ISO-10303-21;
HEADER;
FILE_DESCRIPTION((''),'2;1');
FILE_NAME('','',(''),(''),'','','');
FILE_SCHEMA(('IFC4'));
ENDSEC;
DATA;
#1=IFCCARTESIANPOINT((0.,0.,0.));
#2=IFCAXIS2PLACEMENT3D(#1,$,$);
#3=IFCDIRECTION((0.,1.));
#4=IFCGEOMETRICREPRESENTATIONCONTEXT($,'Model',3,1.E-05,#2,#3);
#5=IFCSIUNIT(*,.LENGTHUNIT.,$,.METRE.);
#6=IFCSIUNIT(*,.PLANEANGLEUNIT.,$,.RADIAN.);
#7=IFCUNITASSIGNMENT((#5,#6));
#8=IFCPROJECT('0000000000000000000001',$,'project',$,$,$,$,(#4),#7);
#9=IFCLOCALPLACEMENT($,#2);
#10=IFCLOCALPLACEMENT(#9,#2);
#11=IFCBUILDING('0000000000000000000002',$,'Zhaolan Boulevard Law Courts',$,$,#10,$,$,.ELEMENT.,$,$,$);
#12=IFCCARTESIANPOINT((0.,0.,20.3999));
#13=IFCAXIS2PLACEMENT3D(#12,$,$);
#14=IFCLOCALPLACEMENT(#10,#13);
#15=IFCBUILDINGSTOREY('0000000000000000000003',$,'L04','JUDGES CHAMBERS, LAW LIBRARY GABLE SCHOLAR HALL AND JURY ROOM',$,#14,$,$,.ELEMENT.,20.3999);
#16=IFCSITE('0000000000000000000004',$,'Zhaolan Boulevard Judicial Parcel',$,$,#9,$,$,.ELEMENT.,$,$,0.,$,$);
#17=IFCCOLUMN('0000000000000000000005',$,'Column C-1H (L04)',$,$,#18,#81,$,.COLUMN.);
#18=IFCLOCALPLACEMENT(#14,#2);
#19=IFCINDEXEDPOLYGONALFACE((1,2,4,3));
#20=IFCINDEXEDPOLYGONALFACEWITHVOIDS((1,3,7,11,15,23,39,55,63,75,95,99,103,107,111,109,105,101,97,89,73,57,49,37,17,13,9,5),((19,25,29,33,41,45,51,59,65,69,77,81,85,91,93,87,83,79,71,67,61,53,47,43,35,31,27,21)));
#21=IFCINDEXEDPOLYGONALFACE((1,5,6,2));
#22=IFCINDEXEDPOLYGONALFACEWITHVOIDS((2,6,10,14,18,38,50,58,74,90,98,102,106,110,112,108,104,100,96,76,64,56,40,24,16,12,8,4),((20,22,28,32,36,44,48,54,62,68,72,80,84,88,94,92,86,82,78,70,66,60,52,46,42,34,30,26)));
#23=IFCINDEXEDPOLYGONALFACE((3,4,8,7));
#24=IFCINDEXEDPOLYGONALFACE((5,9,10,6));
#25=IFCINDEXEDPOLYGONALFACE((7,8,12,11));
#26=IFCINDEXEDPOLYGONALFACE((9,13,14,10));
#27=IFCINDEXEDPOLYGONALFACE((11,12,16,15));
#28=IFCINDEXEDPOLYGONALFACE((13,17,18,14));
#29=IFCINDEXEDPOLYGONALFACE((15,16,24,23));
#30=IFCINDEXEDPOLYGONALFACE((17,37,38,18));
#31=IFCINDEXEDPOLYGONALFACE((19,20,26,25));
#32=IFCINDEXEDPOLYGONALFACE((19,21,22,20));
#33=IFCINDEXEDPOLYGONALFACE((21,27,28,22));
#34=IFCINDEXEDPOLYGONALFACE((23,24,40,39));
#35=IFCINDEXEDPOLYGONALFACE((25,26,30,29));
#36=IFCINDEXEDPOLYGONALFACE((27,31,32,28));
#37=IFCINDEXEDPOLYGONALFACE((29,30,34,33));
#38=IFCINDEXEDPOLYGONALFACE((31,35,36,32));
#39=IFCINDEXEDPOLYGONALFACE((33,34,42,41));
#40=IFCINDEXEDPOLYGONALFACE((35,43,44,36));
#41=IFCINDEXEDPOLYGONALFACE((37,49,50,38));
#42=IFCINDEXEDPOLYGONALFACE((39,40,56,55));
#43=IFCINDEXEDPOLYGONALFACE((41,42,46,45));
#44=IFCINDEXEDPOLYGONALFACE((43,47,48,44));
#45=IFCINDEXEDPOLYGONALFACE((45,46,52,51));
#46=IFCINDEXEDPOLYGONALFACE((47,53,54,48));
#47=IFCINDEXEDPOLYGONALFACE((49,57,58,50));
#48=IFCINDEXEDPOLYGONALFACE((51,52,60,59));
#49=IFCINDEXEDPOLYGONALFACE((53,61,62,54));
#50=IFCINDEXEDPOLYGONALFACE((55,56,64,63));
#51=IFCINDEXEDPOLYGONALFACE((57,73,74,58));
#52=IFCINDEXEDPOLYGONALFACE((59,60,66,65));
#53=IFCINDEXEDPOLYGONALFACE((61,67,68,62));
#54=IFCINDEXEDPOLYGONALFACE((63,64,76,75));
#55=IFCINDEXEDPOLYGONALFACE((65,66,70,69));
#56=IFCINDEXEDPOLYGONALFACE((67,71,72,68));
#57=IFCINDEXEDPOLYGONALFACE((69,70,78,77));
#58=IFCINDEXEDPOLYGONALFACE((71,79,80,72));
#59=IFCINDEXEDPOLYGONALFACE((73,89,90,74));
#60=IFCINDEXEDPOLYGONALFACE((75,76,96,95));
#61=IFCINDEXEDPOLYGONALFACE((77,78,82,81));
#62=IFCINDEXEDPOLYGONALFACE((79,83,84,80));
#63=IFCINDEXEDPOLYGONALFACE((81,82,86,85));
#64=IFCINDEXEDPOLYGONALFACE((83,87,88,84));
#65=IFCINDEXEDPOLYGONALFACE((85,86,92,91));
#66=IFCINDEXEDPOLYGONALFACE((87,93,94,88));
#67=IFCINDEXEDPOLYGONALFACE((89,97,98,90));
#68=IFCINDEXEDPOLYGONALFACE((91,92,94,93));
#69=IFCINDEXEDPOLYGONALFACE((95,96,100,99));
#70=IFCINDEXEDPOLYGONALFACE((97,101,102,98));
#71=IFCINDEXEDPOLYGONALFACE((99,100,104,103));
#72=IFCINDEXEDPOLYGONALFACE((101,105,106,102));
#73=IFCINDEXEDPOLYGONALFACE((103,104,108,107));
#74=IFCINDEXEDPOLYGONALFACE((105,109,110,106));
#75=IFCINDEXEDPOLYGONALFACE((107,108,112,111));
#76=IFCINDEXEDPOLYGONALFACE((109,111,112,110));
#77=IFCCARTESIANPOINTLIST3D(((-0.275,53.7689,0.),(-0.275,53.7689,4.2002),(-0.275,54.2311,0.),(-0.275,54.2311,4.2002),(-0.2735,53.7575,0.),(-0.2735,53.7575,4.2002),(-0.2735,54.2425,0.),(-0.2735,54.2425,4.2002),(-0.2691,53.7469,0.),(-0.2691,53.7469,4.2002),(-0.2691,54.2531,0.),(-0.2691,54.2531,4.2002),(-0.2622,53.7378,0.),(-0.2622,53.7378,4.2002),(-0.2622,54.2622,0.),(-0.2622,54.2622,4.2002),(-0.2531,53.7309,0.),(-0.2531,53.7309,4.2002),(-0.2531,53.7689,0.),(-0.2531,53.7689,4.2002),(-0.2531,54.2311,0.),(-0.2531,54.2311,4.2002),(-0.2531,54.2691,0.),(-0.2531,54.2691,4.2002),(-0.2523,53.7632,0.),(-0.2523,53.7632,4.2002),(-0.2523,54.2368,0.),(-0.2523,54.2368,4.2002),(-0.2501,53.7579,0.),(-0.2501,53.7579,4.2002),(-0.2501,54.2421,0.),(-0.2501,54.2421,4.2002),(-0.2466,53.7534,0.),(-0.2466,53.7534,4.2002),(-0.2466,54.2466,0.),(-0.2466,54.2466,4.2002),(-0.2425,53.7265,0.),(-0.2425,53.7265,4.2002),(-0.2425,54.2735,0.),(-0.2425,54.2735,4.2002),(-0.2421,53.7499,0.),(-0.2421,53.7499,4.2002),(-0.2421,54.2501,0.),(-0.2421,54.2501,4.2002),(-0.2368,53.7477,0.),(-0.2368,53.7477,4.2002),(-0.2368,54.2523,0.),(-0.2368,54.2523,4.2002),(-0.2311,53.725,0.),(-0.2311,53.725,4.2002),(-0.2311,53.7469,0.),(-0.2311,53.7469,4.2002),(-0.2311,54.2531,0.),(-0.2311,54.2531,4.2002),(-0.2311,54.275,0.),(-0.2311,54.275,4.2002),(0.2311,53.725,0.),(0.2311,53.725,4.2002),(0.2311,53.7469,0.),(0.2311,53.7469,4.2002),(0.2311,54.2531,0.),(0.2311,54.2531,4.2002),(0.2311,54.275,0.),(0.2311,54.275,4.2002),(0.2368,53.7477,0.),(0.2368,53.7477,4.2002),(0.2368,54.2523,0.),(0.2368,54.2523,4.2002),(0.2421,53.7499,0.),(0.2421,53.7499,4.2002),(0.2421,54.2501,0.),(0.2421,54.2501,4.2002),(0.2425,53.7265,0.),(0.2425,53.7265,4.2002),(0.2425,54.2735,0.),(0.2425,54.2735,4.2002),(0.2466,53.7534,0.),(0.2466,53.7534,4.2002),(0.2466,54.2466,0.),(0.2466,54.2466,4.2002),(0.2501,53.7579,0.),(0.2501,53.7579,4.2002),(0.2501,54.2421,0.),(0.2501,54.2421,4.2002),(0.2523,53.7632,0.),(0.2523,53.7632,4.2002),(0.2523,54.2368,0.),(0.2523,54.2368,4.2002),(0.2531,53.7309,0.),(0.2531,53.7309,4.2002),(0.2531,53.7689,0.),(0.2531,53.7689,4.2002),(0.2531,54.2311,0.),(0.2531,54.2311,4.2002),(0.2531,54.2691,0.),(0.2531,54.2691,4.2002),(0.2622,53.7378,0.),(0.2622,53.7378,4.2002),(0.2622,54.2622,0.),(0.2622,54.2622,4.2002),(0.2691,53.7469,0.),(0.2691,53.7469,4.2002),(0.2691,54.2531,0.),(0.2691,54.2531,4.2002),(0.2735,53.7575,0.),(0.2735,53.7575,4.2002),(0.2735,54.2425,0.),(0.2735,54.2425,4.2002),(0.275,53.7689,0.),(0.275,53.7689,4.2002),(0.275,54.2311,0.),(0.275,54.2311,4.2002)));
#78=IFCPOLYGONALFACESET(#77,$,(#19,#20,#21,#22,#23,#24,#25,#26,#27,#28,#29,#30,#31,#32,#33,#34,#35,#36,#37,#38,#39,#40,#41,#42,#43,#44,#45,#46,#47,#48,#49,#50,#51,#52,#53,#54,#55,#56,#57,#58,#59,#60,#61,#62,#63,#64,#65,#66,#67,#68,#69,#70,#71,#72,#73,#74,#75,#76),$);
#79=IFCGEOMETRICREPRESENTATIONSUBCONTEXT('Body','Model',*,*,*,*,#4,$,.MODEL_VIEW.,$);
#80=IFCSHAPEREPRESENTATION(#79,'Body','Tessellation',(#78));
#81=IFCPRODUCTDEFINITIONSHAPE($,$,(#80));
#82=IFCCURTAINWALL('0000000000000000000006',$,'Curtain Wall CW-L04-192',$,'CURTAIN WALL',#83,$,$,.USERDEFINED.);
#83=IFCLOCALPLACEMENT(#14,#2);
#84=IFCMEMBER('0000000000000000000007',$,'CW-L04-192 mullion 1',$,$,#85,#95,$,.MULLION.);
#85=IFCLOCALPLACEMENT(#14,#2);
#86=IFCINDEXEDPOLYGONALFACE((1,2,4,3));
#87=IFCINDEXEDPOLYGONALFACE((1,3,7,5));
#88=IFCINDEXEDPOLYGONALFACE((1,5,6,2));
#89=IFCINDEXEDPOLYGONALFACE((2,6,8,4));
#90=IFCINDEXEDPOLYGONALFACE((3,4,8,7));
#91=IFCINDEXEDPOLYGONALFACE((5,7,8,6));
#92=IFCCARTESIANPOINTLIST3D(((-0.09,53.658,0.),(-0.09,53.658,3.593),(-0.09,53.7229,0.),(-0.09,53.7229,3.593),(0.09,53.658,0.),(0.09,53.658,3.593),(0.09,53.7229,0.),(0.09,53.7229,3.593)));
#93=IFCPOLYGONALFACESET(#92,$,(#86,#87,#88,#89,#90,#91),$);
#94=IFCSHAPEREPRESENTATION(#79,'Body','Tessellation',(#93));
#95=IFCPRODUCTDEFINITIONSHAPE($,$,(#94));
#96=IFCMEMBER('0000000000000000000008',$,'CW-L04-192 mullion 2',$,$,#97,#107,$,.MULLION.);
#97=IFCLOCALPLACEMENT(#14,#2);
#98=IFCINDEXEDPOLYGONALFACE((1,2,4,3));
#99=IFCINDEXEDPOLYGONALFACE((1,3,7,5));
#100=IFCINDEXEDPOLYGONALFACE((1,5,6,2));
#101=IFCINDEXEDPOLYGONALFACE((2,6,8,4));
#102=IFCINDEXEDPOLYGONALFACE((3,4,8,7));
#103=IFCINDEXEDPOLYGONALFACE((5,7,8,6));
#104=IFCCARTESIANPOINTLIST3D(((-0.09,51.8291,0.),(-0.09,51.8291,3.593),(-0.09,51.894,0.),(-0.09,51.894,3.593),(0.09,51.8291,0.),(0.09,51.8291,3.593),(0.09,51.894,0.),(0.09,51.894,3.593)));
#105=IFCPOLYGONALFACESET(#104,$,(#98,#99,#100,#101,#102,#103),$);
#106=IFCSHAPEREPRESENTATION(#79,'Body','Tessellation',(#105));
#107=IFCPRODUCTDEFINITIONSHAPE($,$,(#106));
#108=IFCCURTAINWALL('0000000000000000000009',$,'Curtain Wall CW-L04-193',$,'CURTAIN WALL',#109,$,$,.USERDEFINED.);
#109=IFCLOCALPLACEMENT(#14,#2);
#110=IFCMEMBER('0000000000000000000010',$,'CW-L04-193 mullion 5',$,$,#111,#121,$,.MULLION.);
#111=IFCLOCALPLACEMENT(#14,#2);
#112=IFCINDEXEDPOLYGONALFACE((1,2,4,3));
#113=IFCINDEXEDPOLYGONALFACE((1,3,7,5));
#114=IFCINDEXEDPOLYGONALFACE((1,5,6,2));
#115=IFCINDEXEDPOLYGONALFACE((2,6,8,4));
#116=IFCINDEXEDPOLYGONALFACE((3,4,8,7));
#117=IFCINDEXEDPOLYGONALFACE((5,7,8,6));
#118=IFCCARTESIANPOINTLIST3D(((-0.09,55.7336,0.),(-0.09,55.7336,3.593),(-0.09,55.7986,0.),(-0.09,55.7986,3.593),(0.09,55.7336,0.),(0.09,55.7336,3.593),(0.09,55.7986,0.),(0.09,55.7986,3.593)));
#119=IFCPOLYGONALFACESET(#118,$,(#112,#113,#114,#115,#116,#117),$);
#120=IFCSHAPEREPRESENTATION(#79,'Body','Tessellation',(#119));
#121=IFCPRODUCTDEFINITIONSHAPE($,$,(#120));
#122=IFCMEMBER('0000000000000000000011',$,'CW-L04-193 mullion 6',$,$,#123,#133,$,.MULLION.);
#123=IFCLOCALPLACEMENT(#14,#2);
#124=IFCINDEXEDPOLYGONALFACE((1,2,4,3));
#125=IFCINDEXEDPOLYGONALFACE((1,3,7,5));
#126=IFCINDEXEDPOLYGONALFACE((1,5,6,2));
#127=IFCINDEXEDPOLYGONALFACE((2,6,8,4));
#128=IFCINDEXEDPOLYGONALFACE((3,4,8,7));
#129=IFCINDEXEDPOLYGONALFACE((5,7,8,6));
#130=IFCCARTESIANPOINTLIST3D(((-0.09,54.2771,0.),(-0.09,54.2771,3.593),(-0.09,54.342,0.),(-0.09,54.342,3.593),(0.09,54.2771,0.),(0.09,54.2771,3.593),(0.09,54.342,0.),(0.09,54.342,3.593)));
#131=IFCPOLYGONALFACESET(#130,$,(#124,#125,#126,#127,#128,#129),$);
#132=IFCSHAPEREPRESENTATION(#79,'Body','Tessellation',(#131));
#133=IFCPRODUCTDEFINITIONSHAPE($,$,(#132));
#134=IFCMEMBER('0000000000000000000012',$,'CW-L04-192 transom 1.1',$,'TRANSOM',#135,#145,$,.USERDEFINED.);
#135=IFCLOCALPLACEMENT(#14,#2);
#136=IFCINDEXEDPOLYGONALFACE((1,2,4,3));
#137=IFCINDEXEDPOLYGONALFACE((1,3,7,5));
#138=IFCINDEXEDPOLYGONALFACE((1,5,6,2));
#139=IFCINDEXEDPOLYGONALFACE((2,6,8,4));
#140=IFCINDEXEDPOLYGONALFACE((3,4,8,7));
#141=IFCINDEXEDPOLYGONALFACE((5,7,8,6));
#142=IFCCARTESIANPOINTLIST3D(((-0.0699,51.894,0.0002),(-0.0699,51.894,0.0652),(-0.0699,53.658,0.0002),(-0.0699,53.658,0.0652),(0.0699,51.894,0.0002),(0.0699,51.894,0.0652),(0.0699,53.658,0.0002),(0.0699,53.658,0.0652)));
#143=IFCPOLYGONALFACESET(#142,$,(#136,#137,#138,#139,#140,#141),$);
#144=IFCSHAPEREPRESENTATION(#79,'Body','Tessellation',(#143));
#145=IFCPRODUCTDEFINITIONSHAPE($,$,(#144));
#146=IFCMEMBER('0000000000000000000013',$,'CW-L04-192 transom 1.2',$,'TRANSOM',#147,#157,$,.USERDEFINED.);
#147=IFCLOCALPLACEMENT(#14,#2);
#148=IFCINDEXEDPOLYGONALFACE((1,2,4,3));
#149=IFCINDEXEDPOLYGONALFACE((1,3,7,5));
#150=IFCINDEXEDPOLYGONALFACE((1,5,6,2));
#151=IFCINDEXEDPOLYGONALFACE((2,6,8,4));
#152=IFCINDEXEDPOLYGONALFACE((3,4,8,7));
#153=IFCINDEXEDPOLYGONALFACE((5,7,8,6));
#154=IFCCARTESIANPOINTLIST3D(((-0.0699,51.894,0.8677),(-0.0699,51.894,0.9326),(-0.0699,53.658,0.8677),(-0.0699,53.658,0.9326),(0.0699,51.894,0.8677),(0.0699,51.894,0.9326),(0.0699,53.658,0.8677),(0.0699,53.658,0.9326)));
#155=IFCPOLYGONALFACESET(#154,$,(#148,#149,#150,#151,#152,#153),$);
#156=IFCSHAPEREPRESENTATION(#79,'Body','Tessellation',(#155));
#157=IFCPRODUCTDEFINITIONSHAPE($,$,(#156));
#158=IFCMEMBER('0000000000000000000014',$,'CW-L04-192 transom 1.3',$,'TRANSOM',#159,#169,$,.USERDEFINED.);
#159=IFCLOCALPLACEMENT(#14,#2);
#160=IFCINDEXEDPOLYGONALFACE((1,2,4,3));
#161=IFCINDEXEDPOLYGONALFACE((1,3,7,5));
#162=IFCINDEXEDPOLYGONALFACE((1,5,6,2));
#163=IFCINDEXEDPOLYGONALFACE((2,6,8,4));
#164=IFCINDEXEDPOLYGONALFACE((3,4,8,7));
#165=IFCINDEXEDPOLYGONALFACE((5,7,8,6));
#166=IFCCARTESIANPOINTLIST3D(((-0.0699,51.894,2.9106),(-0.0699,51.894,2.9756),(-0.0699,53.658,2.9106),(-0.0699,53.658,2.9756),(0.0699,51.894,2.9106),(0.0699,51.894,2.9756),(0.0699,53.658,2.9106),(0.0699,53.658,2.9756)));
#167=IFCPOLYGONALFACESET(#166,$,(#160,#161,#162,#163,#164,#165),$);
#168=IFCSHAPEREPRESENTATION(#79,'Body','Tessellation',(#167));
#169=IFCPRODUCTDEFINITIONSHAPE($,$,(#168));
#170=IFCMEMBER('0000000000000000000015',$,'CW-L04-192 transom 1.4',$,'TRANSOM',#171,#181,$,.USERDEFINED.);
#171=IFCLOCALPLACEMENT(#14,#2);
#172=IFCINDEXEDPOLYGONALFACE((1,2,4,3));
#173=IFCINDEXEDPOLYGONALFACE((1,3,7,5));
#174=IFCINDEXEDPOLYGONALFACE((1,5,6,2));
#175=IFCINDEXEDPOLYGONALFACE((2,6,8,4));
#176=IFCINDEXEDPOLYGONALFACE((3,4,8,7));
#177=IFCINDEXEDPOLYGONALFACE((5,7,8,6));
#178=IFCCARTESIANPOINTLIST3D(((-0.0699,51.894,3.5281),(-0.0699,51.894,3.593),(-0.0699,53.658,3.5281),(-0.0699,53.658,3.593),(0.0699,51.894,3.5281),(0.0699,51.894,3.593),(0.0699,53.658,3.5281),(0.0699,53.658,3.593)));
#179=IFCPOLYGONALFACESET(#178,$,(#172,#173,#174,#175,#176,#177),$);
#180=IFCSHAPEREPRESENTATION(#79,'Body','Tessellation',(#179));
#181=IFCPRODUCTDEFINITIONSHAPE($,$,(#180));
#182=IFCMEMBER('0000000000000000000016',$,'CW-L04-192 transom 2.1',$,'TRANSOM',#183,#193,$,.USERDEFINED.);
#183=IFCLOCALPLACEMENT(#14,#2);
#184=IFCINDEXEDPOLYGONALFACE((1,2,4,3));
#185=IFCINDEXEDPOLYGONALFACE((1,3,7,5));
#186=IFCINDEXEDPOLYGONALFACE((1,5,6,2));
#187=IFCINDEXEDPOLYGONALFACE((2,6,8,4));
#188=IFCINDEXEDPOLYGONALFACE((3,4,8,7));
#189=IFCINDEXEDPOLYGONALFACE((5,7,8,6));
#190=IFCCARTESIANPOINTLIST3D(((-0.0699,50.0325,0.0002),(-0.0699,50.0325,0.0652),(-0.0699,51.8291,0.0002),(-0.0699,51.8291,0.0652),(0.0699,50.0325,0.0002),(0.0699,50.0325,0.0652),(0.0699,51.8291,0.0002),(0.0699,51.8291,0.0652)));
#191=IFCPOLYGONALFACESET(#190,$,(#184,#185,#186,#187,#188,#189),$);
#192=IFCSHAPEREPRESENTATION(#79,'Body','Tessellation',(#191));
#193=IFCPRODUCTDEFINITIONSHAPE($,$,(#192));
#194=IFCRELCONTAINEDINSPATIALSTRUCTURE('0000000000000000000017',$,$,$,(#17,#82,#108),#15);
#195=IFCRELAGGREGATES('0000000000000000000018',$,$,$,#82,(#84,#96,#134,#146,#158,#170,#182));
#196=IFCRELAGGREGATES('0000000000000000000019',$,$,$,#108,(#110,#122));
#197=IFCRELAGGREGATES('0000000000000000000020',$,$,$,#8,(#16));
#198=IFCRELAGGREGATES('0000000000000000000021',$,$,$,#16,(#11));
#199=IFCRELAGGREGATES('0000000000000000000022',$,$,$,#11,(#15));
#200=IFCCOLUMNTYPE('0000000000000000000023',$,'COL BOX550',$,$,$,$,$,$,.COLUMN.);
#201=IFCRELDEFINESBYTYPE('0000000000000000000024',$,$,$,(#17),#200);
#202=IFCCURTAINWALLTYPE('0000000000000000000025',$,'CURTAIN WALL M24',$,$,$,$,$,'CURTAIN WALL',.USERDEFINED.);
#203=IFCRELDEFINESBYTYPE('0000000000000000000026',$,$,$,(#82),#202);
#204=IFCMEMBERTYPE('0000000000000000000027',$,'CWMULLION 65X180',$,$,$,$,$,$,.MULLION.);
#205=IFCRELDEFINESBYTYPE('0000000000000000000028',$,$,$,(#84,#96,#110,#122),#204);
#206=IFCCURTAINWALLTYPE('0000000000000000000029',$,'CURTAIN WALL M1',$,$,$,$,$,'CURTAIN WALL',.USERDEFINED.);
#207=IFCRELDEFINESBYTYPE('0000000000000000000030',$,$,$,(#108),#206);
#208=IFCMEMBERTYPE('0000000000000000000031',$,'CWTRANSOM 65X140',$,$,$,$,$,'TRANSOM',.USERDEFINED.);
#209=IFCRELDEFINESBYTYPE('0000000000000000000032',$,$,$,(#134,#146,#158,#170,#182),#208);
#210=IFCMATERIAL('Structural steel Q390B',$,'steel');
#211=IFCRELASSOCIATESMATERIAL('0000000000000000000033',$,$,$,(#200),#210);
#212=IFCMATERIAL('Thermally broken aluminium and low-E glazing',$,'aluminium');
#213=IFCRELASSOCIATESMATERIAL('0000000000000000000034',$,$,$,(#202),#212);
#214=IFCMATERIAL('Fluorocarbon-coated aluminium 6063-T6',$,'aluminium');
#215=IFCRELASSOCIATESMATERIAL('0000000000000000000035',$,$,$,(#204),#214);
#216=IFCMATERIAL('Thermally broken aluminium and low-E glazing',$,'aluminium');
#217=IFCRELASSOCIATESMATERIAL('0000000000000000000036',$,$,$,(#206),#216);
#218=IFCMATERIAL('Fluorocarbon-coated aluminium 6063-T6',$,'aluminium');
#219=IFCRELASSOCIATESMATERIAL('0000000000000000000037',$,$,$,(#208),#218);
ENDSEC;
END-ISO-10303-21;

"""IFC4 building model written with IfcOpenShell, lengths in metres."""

from ifc_helpers import new_model, si_unit, direction, frame, origin, origin_2d, place, context, subcontext, project, spatial, rectangle, hollow_rectangle, extrude, material, material_profile, profile_set, type_object, element, aggregate, save


model = new_model("IFC4")

# Units and contexts
model_context = context("Model", 3, precision=1e-05, world=origin(), true_north=direction((0.0, 1.0)))
body_context = subcontext(model_context, "Body", "Model", "MODEL_VIEW")
ifc_project = project(units=[si_unit("LENGTHUNIT", "METRE"), si_unit("PLANEANGLEUNIT", "RADIAN")], contexts=[model_context])

# Site, building, storey
site_placement = place(None, origin())
site = spatial("IfcSite", under=ifc_project, at=site_placement, Name="Zhaolan Boulevard Judicial Parcel", CompositionType="ELEMENT", RefElevation=0.0)
building_placement = place(site_placement, origin())
building = spatial("IfcBuilding", under=site, at=building_placement, Name="Zhaolan Boulevard Law Courts", CompositionType="ELEMENT")
storey_placement = place(building_placement, frame((0.0, 0.0, 20.3999)))
storey = spatial("IfcBuildingStorey", under=building, at=storey_placement, Name="L04", Description="JUDGES CHAMBERS, LAW LIBRARY GABLE SCHOLAR HALL AND JURY ROOM", CompositionType="ELEMENT", Elevation=20.3999)

# Column
ifc_material_1 = material(Name="Structural steel Q390B", Category="steel")
ifc_material_profile_1 = material_profile(ifc_material_1, hollow_rectangle(XDim=0.55, YDim=0.55, WallThickness=0.022, InnerFilletRadius=0.022, OuterFilletRadius=0.0439, at=origin_2d()), Name="BOX550x550x22")
ifc_profile_set_1 = profile_set([ifc_material_profile_1], Name="Structural steel Q390B")
column_type = type_object("IfcColumnType", Name="COL BOX550", PredefinedType="COLUMN", material=ifc_profile_set_1)
column_placement = place(storey_placement, frame((0.0, 54.0, 0.0), z_axis=(0.0, 0.0, 1.0), x_axis=(1.0, 0.0, 0.0)))
element("IfcColumn", 1, at=column_placement, inside=storey, type_object=column_type, Name="Column C-1H (L04)", PredefinedType="COLUMN", context=body_context, shape_type="SweptSolid", body=[
    extrude(hollow_rectangle(XDim=0.55, YDim=0.55, WallThickness=0.022, InnerFilletRadius=0.022, OuterFilletRadius=0.0439, at=origin_2d()), origin(), (0.0, 0.0, 1.0), 4.2002),
])

# Curtain walls, members
ifc_material_2 = material(Name="Thermally broken aluminium and low-E glazing", Category="aluminium")
curtain_wall_type_1 = type_object("IfcCurtainWallType", Name="CURTAIN WALL M24", ElementType="CURTAIN WALL", PredefinedType="USERDEFINED", material=ifc_material_2)
curtain_wall_1_placement = place(storey_placement, origin())
curtain_wall_1 = element("IfcCurtainWall", 2, at=curtain_wall_1_placement, inside=storey, type_object=curtain_wall_type_1, Name="Curtain Wall CW-L04-192", ObjectType="CURTAIN WALL", PredefinedType="USERDEFINED")
ifc_material_3 = material(Name="Fluorocarbon-coated aluminium 6063-T6", Category="aluminium")
ifc_material_profile_2 = material_profile(ifc_material_3, rectangle(XDim=0.1799, YDim=0.0649, at=origin_2d()), Name="AL65x180")
ifc_profile_set_2 = profile_set([ifc_material_profile_2], Name="Fluorocarbon-coated aluminium 6063-T6")
member_type_1 = type_object("IfcMemberType", Name="CWMULLION 65X180", PredefinedType="MULLION", material=ifc_profile_set_2)
member_1_placement = place(storey_placement, frame((0.0, 53.6904, 0.0), z_axis=(0.0, 0.0, 1.0), x_axis=(1.0, 0.0, 0.0)))
member_1 = element("IfcMember", 3, at=member_1_placement, type_object=member_type_1, Name="CW-L04-192 mullion 1", PredefinedType="MULLION", context=body_context, shape_type="SweptSolid", body=[
    extrude(rectangle(XDim=0.1799, YDim=0.0649, at=origin_2d()), origin(), (0.0, 0.0, 1.0), 3.593),
])
member_2_placement = place(storey_placement, frame((0.0, 51.8616, 0.0), z_axis=(0.0, 0.0, 1.0), x_axis=(1.0, 0.0, 0.0)))
member_2 = element("IfcMember", 4, at=member_2_placement, type_object=member_type_1, Name="CW-L04-192 mullion 2", PredefinedType="MULLION", context=body_context, shape_type="SweptSolid", body=[
    extrude(rectangle(XDim=0.1799, YDim=0.0649, at=origin_2d()), origin(), (0.0, 0.0, 1.0), 3.593),
])
ifc_material_4 = material(Name="Thermally broken aluminium and low-E glazing", Category="aluminium")
curtain_wall_type_2 = type_object("IfcCurtainWallType", Name="CURTAIN WALL M1", ElementType="CURTAIN WALL", PredefinedType="USERDEFINED", material=ifc_material_4)
curtain_wall_2_placement = place(storey_placement, origin())
curtain_wall_2 = element("IfcCurtainWall", 5, at=curtain_wall_2_placement, inside=storey, type_object=curtain_wall_type_2, Name="Curtain Wall CW-L04-193", ObjectType="CURTAIN WALL", PredefinedType="USERDEFINED")
member_3_placement = place(storey_placement, frame((0.0, 55.7661, 0.0), z_axis=(0.0, 0.0, 1.0), x_axis=(1.0, 0.0, 0.0)))
member_3 = element("IfcMember", 6, at=member_3_placement, type_object=member_type_1, Name="CW-L04-193 mullion 5", PredefinedType="MULLION", context=body_context, shape_type="SweptSolid", body=[
    extrude(rectangle(XDim=0.1799, YDim=0.0649, at=origin_2d()), origin(), (0.0, 0.0, 1.0), 3.593),
])
member_4_placement = place(storey_placement, frame((0.0, 54.3096, 0.0), z_axis=(0.0, 0.0, 1.0), x_axis=(1.0, 0.0, 0.0)))
member_4 = element("IfcMember", 7, at=member_4_placement, type_object=member_type_1, Name="CW-L04-193 mullion 6", PredefinedType="MULLION", context=body_context, shape_type="SweptSolid", body=[
    extrude(rectangle(XDim=0.1799, YDim=0.0649, at=origin_2d()), origin(), (0.0, 0.0, 1.0), 3.593),
])

# Members
ifc_material_5 = material(Name="Fluorocarbon-coated aluminium 6063-T6", Category="aluminium")
ifc_material_profile_3 = material_profile(ifc_material_5, rectangle(XDim=0.1399, YDim=0.0649, at=origin_2d()), Name="AL65x140")
ifc_profile_set_3 = profile_set([ifc_material_profile_3], Name="Fluorocarbon-coated aluminium 6063-T6")
member_type_2 = type_object("IfcMemberType", Name="CWTRANSOM 65X140", ElementType="TRANSOM", PredefinedType="USERDEFINED", material=ifc_profile_set_3)
member_5_placement = place(storey_placement, frame((0.0, 53.658, 0.0327), z_axis=(0.0, -1.0, 0.0), x_axis=(1.0, 0.0, 0.0)))
member_5 = element("IfcMember", 8, at=member_5_placement, type_object=member_type_2, Name="CW-L04-192 transom 1.1", ObjectType="TRANSOM", PredefinedType="USERDEFINED", context=body_context, shape_type="SweptSolid", body=[
    extrude(rectangle(XDim=0.1399, YDim=0.0649, at=origin_2d()), origin(), (0.0, 0.0, 1.0), 1.7639),
])
member_6_placement = place(storey_placement, frame((0.0, 53.658, 0.9001), z_axis=(0.0, -1.0, 0.0), x_axis=(1.0, 0.0, 0.0)))
member_6 = element("IfcMember", 9, at=member_6_placement, type_object=member_type_2, Name="CW-L04-192 transom 1.2", ObjectType="TRANSOM", PredefinedType="USERDEFINED", context=body_context, shape_type="SweptSolid", body=[
    extrude(rectangle(XDim=0.1399, YDim=0.0649, at=origin_2d()), origin(), (0.0, 0.0, 1.0), 1.7639),
])
member_7_placement = place(storey_placement, frame((0.0, 53.658, 2.9431), z_axis=(0.0, -1.0, 0.0), x_axis=(1.0, 0.0, 0.0)))
member_7 = element("IfcMember", 10, at=member_7_placement, type_object=member_type_2, Name="CW-L04-192 transom 1.3", ObjectType="TRANSOM", PredefinedType="USERDEFINED", context=body_context, shape_type="SweptSolid", body=[
    extrude(rectangle(XDim=0.1399, YDim=0.0649, at=origin_2d()), origin(), (0.0, 0.0, 1.0), 1.7639),
])
member_8_placement = place(storey_placement, frame((0.0, 53.658, 3.5605), z_axis=(0.0, -1.0, 0.0), x_axis=(1.0, 0.0, 0.0)))
member_8 = element("IfcMember", 11, at=member_8_placement, type_object=member_type_2, Name="CW-L04-192 transom 1.4", ObjectType="TRANSOM", PredefinedType="USERDEFINED", context=body_context, shape_type="SweptSolid", body=[
    extrude(rectangle(XDim=0.1399, YDim=0.0649, at=origin_2d()), origin(), (0.0, 0.0, 1.0), 1.7639),
])
member_9_placement = place(storey_placement, frame((0.0, 51.8291, 0.0327), z_axis=(0.0, -1.0, 0.0), x_axis=(1.0, 0.0, 0.0)))
member_9 = element("IfcMember", 12, at=member_9_placement, type_object=member_type_2, Name="CW-L04-192 transom 2.1", ObjectType="TRANSOM", PredefinedType="USERDEFINED", context=body_context, shape_type="SweptSolid", body=[
    extrude(rectangle(XDim=0.1399, YDim=0.0649, at=origin_2d()), origin(), (0.0, 0.0, 1.0), 1.7966),
])

aggregate(curtain_wall_1, [member_1, member_2, member_5, member_6, member_7, member_8, member_9])
aggregate(curtain_wall_2, [member_3, member_4])

save(model, "model.ifc")
